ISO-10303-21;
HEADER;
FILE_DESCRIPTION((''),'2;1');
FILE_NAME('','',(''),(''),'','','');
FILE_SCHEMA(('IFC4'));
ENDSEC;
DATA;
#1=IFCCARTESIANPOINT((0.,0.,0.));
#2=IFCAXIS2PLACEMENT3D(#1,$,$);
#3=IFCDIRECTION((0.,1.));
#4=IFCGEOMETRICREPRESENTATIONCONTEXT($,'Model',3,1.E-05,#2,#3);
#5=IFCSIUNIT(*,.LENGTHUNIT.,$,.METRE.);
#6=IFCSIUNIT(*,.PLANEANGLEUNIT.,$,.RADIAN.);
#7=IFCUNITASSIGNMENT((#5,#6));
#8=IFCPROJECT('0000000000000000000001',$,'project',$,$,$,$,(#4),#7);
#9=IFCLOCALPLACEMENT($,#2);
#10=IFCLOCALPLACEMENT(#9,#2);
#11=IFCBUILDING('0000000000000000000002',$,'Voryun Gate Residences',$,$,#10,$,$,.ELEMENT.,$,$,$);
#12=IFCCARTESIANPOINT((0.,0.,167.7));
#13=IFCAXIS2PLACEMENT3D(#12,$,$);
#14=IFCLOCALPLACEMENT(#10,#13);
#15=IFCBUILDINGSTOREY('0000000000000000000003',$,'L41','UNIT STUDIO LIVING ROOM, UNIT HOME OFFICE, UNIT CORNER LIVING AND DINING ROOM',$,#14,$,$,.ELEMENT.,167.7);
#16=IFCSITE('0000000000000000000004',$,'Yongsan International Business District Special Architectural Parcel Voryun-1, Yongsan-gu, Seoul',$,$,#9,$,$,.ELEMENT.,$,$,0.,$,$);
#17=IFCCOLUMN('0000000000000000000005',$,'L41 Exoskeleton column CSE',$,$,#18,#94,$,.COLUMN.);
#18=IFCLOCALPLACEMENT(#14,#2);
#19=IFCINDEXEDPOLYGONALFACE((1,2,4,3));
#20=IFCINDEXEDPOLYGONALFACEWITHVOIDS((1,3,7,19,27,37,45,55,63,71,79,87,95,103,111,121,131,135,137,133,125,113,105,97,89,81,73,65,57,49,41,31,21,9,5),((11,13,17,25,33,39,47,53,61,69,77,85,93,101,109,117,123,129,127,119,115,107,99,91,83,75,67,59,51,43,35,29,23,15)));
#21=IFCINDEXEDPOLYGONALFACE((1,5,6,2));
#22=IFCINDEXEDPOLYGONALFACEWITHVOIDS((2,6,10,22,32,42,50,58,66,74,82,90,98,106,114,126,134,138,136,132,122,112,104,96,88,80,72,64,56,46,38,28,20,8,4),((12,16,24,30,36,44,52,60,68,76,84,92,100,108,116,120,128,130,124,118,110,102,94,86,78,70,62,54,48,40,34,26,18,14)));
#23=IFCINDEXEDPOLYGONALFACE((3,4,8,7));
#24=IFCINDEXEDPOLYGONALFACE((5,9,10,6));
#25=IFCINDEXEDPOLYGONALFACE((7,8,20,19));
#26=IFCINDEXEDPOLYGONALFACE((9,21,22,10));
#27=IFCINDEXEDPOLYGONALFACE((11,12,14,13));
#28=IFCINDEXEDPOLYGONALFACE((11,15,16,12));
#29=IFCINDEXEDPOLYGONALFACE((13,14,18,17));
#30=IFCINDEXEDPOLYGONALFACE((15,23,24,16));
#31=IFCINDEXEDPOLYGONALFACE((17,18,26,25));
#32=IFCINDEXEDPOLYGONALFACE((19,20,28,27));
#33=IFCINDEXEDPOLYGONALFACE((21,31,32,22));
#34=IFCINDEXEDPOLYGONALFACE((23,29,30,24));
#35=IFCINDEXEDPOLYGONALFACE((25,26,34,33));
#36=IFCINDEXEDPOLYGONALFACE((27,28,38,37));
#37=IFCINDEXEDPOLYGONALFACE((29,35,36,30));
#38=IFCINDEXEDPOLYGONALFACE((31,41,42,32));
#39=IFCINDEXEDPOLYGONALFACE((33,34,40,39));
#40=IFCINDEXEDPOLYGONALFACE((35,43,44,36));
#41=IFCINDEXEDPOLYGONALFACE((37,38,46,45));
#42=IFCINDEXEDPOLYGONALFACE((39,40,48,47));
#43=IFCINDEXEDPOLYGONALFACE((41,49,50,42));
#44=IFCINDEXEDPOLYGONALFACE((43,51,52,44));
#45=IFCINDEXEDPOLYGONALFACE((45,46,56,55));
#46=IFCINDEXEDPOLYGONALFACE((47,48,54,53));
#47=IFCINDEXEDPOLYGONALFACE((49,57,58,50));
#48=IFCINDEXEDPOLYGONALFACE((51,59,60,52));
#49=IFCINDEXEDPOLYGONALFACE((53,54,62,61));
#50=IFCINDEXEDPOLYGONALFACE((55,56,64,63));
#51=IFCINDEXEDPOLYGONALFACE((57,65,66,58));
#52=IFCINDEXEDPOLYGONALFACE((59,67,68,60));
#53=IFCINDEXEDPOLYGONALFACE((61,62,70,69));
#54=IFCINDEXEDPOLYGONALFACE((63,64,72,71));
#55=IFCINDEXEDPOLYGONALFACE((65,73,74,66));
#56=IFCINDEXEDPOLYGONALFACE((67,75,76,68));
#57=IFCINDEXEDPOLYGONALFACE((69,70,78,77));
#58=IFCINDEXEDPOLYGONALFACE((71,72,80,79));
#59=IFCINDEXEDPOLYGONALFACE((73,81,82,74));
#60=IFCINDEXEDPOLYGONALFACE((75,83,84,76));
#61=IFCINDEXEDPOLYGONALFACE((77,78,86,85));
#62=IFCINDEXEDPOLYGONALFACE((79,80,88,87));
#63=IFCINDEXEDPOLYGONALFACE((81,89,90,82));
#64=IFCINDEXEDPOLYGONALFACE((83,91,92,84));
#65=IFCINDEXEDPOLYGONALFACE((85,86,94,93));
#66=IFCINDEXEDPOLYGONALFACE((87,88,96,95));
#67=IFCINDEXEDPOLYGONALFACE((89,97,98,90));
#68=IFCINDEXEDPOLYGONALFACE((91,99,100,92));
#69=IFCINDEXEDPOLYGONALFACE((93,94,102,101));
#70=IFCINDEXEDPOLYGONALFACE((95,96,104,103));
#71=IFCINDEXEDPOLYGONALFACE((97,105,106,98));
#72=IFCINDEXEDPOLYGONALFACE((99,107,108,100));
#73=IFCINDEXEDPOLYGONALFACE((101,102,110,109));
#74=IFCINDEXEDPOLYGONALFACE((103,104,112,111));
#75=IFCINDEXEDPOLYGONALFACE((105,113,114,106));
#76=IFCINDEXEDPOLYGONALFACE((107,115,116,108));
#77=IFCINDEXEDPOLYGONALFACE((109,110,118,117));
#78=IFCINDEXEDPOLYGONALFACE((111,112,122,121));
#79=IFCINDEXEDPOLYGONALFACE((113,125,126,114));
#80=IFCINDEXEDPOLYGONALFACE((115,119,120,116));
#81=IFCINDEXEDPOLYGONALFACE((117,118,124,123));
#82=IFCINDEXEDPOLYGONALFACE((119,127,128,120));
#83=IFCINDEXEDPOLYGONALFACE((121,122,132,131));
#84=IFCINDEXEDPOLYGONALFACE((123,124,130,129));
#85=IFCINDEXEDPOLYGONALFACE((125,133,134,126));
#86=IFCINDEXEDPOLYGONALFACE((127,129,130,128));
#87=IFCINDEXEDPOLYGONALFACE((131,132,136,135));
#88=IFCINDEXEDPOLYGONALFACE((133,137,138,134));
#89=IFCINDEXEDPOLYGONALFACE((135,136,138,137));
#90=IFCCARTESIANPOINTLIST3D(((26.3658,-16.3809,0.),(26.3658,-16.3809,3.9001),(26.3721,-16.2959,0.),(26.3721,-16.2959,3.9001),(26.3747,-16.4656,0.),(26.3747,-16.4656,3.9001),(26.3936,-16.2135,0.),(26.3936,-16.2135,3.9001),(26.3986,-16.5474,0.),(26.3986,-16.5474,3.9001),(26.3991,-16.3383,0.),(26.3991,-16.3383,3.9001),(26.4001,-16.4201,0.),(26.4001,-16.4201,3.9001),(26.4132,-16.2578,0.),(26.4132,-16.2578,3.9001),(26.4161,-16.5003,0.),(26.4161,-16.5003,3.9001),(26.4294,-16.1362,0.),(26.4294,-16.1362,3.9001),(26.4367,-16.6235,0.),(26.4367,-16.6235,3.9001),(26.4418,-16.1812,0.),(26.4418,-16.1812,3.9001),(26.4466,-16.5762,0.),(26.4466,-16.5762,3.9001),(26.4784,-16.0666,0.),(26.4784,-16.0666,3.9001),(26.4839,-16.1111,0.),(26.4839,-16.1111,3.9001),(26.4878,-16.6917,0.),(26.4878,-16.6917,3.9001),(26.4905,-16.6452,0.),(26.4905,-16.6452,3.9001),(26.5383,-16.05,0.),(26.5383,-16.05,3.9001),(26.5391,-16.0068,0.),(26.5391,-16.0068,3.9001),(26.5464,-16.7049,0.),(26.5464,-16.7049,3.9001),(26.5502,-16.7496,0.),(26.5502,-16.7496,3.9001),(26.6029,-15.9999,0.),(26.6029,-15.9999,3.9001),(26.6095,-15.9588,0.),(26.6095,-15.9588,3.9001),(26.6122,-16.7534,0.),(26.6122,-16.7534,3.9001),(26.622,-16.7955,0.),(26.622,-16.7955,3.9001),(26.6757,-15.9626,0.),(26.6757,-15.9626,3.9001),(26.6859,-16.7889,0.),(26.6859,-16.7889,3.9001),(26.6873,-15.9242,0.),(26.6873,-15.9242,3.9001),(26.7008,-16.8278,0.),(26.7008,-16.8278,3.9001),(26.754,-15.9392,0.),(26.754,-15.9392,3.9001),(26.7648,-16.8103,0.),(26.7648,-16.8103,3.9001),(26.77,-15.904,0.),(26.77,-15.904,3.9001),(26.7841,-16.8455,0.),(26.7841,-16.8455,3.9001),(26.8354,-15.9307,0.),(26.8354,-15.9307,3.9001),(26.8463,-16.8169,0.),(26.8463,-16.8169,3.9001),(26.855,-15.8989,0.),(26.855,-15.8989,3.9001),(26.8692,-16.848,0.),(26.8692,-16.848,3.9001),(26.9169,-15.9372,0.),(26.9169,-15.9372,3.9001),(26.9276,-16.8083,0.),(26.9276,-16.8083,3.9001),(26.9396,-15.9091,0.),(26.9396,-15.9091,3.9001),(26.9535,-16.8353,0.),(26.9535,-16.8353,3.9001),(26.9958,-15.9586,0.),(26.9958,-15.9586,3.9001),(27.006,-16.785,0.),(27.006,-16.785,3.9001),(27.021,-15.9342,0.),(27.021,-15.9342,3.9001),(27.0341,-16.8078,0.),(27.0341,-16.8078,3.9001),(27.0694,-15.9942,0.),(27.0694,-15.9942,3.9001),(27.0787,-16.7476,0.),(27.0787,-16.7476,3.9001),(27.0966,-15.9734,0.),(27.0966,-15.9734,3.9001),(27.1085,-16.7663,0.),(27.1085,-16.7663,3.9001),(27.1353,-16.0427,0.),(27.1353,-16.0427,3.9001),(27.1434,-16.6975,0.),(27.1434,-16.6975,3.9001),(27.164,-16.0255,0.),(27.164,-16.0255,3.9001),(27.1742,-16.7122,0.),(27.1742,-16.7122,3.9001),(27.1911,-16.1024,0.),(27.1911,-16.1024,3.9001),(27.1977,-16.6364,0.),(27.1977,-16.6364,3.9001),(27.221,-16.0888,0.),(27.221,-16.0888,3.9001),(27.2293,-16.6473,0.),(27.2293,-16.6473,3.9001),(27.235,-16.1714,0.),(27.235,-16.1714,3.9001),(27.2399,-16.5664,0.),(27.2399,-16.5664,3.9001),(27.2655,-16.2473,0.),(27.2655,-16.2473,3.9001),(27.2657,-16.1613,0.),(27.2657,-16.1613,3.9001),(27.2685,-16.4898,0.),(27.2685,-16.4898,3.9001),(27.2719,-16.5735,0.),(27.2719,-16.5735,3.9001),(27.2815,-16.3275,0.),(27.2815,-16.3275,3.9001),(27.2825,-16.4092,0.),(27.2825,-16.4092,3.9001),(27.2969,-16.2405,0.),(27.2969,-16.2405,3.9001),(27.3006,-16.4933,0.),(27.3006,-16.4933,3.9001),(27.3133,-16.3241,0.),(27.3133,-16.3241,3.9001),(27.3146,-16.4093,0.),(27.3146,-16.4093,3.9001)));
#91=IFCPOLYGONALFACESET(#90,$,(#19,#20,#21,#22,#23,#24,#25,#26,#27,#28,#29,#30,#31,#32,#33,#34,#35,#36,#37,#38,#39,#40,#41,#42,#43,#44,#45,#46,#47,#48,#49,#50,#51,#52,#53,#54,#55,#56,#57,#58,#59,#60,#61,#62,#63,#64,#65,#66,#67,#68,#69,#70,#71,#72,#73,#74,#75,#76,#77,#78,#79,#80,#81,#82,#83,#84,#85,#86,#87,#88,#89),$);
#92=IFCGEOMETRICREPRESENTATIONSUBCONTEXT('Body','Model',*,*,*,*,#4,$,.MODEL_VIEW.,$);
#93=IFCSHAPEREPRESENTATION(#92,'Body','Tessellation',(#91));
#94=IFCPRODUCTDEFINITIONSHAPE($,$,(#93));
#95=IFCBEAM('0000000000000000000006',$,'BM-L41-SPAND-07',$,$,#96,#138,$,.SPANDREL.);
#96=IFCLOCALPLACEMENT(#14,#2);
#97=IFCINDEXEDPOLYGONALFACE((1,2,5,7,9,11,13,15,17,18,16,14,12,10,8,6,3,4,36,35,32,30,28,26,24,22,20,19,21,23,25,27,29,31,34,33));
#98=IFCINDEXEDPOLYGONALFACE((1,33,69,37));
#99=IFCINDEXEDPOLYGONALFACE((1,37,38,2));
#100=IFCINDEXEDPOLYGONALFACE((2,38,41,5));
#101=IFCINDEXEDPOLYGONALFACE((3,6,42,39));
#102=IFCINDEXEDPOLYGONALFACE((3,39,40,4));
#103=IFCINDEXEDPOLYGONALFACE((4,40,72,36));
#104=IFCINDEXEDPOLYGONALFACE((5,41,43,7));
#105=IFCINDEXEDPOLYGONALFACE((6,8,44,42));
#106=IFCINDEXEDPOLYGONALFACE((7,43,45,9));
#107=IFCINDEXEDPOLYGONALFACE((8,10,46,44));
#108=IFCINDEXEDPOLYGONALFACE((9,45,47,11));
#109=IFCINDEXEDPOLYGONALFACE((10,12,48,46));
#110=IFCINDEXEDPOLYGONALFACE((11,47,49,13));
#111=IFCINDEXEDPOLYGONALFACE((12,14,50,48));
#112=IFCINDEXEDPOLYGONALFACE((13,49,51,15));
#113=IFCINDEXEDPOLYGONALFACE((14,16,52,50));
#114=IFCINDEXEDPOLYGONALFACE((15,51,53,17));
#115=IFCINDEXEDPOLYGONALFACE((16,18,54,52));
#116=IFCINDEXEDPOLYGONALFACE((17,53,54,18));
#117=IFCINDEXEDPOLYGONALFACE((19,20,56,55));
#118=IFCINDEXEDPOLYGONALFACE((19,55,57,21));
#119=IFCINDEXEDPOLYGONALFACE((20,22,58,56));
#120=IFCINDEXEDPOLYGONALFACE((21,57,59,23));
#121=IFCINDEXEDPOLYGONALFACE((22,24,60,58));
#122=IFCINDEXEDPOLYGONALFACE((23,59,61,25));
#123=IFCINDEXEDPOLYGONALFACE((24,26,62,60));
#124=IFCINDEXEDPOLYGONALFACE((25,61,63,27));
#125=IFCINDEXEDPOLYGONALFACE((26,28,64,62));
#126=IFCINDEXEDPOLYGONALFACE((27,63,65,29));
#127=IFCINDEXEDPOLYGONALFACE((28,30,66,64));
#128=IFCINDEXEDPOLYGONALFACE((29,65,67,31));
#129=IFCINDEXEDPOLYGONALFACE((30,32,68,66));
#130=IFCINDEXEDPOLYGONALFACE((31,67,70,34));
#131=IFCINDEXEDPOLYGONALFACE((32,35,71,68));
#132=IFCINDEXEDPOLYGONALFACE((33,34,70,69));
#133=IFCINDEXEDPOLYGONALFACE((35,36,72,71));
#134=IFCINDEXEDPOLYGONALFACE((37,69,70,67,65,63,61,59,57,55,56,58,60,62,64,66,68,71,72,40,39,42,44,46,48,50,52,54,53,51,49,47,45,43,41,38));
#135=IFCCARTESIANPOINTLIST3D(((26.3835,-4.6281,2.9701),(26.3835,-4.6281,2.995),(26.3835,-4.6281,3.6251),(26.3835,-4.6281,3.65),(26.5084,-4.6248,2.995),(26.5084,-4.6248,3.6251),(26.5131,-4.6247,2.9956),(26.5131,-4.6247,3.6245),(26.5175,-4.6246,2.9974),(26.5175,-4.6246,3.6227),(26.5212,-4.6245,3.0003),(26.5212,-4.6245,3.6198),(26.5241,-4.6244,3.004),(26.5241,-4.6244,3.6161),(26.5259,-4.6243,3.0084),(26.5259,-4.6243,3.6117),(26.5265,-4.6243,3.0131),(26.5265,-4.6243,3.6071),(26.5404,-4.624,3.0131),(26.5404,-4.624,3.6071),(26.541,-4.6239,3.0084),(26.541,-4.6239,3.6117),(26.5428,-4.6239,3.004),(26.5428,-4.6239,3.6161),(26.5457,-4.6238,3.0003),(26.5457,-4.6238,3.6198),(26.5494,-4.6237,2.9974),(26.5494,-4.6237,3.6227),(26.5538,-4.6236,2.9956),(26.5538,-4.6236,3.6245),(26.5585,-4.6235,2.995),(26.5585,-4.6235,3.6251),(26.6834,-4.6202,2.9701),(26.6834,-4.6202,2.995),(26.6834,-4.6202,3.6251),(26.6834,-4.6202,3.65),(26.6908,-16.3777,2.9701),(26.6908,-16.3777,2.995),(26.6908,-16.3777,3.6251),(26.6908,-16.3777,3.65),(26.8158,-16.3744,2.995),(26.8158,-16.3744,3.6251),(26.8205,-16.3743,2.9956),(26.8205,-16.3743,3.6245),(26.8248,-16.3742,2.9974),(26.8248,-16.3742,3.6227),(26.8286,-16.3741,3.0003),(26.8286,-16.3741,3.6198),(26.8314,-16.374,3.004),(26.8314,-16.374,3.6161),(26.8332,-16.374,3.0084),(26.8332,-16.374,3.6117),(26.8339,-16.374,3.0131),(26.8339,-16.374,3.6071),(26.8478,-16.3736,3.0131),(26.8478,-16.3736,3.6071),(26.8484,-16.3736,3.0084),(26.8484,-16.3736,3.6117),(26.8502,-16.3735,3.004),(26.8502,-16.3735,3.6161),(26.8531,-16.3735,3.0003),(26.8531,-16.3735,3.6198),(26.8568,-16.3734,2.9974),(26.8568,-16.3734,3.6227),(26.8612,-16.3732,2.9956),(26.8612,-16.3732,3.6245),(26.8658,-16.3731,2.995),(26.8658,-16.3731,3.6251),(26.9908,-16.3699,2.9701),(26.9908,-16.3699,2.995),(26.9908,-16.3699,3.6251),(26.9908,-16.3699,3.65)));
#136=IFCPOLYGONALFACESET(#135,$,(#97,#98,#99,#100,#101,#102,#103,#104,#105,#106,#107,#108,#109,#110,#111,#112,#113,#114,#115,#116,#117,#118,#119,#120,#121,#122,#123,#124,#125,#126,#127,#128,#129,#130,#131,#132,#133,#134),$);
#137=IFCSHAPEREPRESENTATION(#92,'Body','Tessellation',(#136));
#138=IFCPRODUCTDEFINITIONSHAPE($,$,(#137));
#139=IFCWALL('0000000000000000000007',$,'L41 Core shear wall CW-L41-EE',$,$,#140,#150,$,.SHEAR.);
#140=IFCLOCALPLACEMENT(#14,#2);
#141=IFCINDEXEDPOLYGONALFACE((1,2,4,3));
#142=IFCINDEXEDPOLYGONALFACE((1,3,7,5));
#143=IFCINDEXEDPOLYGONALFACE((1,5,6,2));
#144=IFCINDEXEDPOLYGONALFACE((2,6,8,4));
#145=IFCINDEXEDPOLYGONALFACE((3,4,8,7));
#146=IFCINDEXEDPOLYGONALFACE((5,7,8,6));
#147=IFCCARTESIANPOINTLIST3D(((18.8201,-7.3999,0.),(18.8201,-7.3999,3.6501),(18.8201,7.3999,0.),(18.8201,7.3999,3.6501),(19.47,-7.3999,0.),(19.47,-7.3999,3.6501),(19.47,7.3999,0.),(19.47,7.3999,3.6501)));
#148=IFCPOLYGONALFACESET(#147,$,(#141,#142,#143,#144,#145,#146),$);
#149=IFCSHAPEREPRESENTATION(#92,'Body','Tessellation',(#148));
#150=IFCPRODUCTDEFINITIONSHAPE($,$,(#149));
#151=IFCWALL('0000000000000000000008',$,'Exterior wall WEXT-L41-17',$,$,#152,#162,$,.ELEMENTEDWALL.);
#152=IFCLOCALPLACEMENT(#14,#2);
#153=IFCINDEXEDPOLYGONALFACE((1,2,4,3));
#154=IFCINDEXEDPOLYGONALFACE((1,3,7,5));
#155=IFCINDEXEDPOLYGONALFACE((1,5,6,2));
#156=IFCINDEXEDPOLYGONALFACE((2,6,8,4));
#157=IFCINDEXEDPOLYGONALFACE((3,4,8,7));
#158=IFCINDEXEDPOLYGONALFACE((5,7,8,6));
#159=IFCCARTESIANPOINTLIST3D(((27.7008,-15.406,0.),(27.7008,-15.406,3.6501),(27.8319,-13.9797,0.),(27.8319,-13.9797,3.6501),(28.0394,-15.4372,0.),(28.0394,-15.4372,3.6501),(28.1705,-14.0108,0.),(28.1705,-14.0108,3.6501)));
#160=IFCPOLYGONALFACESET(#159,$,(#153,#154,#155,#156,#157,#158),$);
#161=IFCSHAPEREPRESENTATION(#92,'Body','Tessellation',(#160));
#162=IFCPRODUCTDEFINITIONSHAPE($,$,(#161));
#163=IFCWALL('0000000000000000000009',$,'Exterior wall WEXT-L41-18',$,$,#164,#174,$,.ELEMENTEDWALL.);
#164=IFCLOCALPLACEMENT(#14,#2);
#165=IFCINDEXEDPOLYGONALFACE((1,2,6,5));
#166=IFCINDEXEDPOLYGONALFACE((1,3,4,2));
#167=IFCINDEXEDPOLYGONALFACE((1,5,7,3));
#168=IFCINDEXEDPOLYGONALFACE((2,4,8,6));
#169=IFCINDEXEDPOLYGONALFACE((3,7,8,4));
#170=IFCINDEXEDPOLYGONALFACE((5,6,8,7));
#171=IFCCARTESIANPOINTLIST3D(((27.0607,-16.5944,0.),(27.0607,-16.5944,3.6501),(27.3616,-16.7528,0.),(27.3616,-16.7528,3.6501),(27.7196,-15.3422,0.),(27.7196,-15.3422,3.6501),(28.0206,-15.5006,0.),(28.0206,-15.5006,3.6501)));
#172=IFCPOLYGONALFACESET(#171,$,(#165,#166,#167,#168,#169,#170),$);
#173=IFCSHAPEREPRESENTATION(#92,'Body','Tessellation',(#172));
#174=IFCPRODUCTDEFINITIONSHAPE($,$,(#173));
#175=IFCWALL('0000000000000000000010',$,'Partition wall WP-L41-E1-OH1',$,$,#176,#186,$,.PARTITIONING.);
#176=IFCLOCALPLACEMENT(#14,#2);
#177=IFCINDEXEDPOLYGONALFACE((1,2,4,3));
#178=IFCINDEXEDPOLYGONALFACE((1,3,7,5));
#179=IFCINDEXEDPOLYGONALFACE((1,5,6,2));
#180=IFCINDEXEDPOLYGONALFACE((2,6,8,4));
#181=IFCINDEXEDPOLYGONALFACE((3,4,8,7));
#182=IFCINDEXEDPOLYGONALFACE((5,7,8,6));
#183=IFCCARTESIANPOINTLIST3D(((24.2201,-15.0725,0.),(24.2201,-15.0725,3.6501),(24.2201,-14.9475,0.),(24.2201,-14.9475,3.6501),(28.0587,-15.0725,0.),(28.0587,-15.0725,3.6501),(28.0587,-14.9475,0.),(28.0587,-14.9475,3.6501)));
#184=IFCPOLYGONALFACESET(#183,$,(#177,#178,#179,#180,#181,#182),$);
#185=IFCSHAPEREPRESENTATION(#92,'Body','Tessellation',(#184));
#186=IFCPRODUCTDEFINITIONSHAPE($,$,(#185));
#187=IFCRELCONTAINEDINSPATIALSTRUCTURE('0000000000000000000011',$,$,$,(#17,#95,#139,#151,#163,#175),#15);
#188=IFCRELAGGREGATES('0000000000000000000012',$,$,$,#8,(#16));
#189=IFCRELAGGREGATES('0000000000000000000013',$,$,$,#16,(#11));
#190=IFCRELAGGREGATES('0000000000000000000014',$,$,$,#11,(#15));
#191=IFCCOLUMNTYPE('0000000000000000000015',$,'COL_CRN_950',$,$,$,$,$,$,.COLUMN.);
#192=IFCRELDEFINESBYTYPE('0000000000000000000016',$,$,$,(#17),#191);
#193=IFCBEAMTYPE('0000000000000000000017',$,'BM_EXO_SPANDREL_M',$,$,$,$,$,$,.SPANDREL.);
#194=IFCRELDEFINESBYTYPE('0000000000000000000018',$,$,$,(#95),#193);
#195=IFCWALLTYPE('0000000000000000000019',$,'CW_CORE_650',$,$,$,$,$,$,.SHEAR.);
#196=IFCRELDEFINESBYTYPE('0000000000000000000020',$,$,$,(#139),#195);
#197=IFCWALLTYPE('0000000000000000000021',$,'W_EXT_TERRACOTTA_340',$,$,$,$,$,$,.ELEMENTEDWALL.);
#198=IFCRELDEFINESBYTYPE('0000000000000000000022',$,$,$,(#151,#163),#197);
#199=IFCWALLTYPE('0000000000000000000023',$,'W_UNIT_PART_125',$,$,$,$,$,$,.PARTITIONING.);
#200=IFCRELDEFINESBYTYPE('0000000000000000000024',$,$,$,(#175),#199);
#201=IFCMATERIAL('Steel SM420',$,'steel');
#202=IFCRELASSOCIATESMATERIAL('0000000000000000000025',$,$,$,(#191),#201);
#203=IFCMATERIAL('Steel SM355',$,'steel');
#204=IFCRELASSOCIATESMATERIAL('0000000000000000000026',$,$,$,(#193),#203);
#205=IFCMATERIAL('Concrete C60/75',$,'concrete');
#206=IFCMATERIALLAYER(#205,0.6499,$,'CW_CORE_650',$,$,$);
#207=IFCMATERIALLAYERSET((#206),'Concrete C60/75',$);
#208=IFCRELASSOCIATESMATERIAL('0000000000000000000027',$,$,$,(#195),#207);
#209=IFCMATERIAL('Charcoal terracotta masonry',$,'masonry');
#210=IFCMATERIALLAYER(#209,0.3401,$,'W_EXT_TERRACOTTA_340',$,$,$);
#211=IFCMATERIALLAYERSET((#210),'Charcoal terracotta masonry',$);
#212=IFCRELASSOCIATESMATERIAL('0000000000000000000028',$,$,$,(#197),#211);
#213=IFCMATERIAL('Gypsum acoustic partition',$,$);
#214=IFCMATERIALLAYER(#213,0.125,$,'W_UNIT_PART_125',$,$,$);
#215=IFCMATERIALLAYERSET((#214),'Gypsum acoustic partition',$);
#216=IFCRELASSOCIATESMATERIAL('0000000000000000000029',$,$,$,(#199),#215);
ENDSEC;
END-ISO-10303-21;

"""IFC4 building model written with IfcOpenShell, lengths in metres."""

from ifc_helpers import new_model, si_unit, direction, frame, frame_2d, origin, origin_2d, place, context, subcontext, project, spatial, rectangle, hollow_circle, i_section, extrude, material, layer, layer_set, material_profile, profile_set, type_object, element, save


model = new_model("IFC4")

# Units and contexts
model_context = context("Model", 3, precision=1e-05, world=origin(), true_north=direction((0.0, 1.0)))
body_context = subcontext(model_context, "Body", "Model", "MODEL_VIEW")
ifc_project = project(units=[si_unit("LENGTHUNIT", "METRE"), si_unit("PLANEANGLEUNIT", "RADIAN")], contexts=[model_context])

# Site, building, storey
site_placement = place(None, origin())
site = spatial("IfcSite", under=ifc_project, at=site_placement, Name="Yongsan International Business District Special Architectural Parcel Voryun-1, Yongsan-gu, Seoul", CompositionType="ELEMENT", RefElevation=0.0)
building_placement = place(site_placement, origin())
building = spatial("IfcBuilding", under=site, at=building_placement, Name="Voryun Gate Residences", CompositionType="ELEMENT")
storey_placement = place(building_placement, frame((0.0, 0.0, 167.7)))
storey = spatial("IfcBuildingStorey", under=building, at=storey_placement, Name="L41", Description="UNIT STUDIO LIVING ROOM, UNIT HOME OFFICE, UNIT CORNER LIVING AND DINING ROOM", CompositionType="ELEMENT", Elevation=167.7)

# Column
ifc_material_1 = material(Name="Steel SM420", Category="steel")
ifc_material_profile_1 = material_profile(ifc_material_1, hollow_circle(Radius=0.4751, WallThickness=0.032, at=origin_2d()), Name="CHS-950x32")
ifc_profile_set_1 = profile_set([ifc_material_profile_1], Name="Steel SM420")
column_type = type_object("IfcColumnType", Name="COL_CRN_950", PredefinedType="COLUMN", material=ifc_profile_set_1)
column_placement = place(storey_placement, frame((26.8408, -16.3738, 0.0), z_axis=(0.0, 0.0, 1.0), x_axis=(0.994522, 0.104528, 0.0)))
element("IfcColumn", 1, at=column_placement, inside=storey, type_object=column_type, Name="L41 Exoskeleton column CSE", PredefinedType="COLUMN", context=body_context, shape_type="SweptSolid", body=[
    extrude(hollow_circle(Radius=0.4751, WallThickness=0.032, at=origin_2d()), origin(), (0.0, 0.0, 1.0), 3.9001),
])

# Beam
ifc_material_2 = material(Name="Steel SM355", Category="steel")
ifc_material_profile_2 = material_profile(ifc_material_2, i_section(OverallWidth=0.3, OverallDepth=0.6799, WebThickness=0.0139, FlangeThickness=0.0249, FilletRadius=0.0181, at=origin_2d()), Name="H-680x300x14x25")
ifc_profile_set_2 = profile_set([ifc_material_profile_2], Name="Steel SM355")
beam_type = type_object("IfcBeamType", Name="BM_EXO_SPANDREL_M", PredefinedType="SPANDREL", material=ifc_profile_set_2)
beam_placement = place(storey_placement, frame((26.8408, -16.3738, 3.3101), z_axis=(-0.026151, 0.999658, 0.0), x_axis=(-0.999658, -0.026151, 0.0)))
element("IfcBeam", 2, at=beam_placement, inside=storey, type_object=beam_type, Name="BM-L41-SPAND-07", PredefinedType="SPANDREL", context=body_context, shape_type="SweptSolid", body=[
    extrude(i_section(OverallWidth=0.3, OverallDepth=0.6799, WebThickness=0.0139, FlangeThickness=0.0249, FilletRadius=0.0181, at=origin_2d()), origin(), (0.0, 0.0, 1.0), 11.7537),
])

# Walls
ifc_material_3 = material(Name="Concrete C60/75", Category="concrete")
ifc_layer_1 = layer(ifc_material_3, 0.6499, Name="CW_CORE_650")
ifc_layer_set_1 = layer_set([ifc_layer_1], Name="Concrete C60/75")
wall_type_1 = type_object("IfcWallType", Name="CW_CORE_650", PredefinedType="SHEAR", material=ifc_layer_set_1)
wall_1_placement = place(storey_placement, frame((19.145, -7.3999, 0.0), z_axis=(0.0, 0.0, 1.0), x_axis=(0.0, 1.0, 0.0)))
element("IfcWall", 3, at=wall_1_placement, inside=storey, type_object=wall_type_1, Name="L41 Core shear wall CW-L41-EE", PredefinedType="SHEAR", context=body_context, shape_type="SweptSolid", body=[
    extrude(rectangle(XDim=14.7998, YDim=0.6499, at=frame_2d((7.3999, 0.0))), origin(), (0.0, 0.0, 1.0), 3.6501),
])
ifc_material_4 = material(Name="Charcoal terracotta masonry", Category="masonry")
ifc_layer_2 = layer(ifc_material_4, 0.3401, Name="W_EXT_TERRACOTTA_340")
ifc_layer_set_2 = layer_set([ifc_layer_2], Name="Charcoal terracotta masonry")
wall_type_2 = type_object("IfcWallType", Name="W_EXT_TERRACOTTA_340", PredefinedType="ELEMENTEDWALL", material=ifc_layer_set_2)
wall_2_placement = place(storey_placement, frame((28.0012, -13.9951, 0.0), z_axis=(0.0, 0.0, 1.0), x_axis=(-0.091535, -0.995802, 0.0)))
element("IfcWall", 4, at=wall_2_placement, inside=storey, type_object=wall_type_2, Name="Exterior wall WEXT-L41-17", PredefinedType="ELEMENTEDWALL", context=body_context, shape_type="SweptSolid", body=[
    extrude(rectangle(XDim=1.4324, YDim=0.3401, at=frame_2d((0.7163, 0.0))), origin(), (0.0, 0.0, 1.0), 3.6501),
])
wall_3_placement = place(storey_placement, frame((27.8701, -15.4214, 0.0), z_axis=(0.0, 0.0, 1.0), x_axis=(-0.465682, -0.884952, 0.0)))
element("IfcWall", 5, at=wall_3_placement, inside=storey, type_object=wall_type_2, Name="Exterior wall WEXT-L41-18", PredefinedType="ELEMENTEDWALL", context=body_context, shape_type="SweptSolid", body=[
    extrude(rectangle(XDim=1.415, YDim=0.3401, at=frame_2d((0.7075, 0.0))), origin(), (0.0, 0.0, 1.0), 3.6501),
])
ifc_material_5 = material(Name="Gypsum acoustic partition")
ifc_layer_3 = layer(ifc_material_5, 0.125, Name="W_UNIT_PART_125")
ifc_layer_set_3 = layer_set([ifc_layer_3], Name="Gypsum acoustic partition")
wall_type_3 = type_object("IfcWallType", Name="W_UNIT_PART_125", PredefinedType="PARTITIONING", material=ifc_layer_set_3)
wall_4_placement = place(storey_placement, frame((24.22, -15.01, 0.0), z_axis=(0.0, 0.0, 1.0), x_axis=(1.0, 0.0, 0.0)))
element("IfcWall", 6, at=wall_4_placement, inside=storey, type_object=wall_type_3, Name="Partition wall WP-L41-E1-OH1", PredefinedType="PARTITIONING", context=body_context, shape_type="SweptSolid", body=[
    extrude(rectangle(XDim=3.8386, YDim=0.125, at=frame_2d((1.9194, 0.0))), origin(), (0.0, 0.0, 1.0), 3.6501),
])

save(model, "model.ifc")
